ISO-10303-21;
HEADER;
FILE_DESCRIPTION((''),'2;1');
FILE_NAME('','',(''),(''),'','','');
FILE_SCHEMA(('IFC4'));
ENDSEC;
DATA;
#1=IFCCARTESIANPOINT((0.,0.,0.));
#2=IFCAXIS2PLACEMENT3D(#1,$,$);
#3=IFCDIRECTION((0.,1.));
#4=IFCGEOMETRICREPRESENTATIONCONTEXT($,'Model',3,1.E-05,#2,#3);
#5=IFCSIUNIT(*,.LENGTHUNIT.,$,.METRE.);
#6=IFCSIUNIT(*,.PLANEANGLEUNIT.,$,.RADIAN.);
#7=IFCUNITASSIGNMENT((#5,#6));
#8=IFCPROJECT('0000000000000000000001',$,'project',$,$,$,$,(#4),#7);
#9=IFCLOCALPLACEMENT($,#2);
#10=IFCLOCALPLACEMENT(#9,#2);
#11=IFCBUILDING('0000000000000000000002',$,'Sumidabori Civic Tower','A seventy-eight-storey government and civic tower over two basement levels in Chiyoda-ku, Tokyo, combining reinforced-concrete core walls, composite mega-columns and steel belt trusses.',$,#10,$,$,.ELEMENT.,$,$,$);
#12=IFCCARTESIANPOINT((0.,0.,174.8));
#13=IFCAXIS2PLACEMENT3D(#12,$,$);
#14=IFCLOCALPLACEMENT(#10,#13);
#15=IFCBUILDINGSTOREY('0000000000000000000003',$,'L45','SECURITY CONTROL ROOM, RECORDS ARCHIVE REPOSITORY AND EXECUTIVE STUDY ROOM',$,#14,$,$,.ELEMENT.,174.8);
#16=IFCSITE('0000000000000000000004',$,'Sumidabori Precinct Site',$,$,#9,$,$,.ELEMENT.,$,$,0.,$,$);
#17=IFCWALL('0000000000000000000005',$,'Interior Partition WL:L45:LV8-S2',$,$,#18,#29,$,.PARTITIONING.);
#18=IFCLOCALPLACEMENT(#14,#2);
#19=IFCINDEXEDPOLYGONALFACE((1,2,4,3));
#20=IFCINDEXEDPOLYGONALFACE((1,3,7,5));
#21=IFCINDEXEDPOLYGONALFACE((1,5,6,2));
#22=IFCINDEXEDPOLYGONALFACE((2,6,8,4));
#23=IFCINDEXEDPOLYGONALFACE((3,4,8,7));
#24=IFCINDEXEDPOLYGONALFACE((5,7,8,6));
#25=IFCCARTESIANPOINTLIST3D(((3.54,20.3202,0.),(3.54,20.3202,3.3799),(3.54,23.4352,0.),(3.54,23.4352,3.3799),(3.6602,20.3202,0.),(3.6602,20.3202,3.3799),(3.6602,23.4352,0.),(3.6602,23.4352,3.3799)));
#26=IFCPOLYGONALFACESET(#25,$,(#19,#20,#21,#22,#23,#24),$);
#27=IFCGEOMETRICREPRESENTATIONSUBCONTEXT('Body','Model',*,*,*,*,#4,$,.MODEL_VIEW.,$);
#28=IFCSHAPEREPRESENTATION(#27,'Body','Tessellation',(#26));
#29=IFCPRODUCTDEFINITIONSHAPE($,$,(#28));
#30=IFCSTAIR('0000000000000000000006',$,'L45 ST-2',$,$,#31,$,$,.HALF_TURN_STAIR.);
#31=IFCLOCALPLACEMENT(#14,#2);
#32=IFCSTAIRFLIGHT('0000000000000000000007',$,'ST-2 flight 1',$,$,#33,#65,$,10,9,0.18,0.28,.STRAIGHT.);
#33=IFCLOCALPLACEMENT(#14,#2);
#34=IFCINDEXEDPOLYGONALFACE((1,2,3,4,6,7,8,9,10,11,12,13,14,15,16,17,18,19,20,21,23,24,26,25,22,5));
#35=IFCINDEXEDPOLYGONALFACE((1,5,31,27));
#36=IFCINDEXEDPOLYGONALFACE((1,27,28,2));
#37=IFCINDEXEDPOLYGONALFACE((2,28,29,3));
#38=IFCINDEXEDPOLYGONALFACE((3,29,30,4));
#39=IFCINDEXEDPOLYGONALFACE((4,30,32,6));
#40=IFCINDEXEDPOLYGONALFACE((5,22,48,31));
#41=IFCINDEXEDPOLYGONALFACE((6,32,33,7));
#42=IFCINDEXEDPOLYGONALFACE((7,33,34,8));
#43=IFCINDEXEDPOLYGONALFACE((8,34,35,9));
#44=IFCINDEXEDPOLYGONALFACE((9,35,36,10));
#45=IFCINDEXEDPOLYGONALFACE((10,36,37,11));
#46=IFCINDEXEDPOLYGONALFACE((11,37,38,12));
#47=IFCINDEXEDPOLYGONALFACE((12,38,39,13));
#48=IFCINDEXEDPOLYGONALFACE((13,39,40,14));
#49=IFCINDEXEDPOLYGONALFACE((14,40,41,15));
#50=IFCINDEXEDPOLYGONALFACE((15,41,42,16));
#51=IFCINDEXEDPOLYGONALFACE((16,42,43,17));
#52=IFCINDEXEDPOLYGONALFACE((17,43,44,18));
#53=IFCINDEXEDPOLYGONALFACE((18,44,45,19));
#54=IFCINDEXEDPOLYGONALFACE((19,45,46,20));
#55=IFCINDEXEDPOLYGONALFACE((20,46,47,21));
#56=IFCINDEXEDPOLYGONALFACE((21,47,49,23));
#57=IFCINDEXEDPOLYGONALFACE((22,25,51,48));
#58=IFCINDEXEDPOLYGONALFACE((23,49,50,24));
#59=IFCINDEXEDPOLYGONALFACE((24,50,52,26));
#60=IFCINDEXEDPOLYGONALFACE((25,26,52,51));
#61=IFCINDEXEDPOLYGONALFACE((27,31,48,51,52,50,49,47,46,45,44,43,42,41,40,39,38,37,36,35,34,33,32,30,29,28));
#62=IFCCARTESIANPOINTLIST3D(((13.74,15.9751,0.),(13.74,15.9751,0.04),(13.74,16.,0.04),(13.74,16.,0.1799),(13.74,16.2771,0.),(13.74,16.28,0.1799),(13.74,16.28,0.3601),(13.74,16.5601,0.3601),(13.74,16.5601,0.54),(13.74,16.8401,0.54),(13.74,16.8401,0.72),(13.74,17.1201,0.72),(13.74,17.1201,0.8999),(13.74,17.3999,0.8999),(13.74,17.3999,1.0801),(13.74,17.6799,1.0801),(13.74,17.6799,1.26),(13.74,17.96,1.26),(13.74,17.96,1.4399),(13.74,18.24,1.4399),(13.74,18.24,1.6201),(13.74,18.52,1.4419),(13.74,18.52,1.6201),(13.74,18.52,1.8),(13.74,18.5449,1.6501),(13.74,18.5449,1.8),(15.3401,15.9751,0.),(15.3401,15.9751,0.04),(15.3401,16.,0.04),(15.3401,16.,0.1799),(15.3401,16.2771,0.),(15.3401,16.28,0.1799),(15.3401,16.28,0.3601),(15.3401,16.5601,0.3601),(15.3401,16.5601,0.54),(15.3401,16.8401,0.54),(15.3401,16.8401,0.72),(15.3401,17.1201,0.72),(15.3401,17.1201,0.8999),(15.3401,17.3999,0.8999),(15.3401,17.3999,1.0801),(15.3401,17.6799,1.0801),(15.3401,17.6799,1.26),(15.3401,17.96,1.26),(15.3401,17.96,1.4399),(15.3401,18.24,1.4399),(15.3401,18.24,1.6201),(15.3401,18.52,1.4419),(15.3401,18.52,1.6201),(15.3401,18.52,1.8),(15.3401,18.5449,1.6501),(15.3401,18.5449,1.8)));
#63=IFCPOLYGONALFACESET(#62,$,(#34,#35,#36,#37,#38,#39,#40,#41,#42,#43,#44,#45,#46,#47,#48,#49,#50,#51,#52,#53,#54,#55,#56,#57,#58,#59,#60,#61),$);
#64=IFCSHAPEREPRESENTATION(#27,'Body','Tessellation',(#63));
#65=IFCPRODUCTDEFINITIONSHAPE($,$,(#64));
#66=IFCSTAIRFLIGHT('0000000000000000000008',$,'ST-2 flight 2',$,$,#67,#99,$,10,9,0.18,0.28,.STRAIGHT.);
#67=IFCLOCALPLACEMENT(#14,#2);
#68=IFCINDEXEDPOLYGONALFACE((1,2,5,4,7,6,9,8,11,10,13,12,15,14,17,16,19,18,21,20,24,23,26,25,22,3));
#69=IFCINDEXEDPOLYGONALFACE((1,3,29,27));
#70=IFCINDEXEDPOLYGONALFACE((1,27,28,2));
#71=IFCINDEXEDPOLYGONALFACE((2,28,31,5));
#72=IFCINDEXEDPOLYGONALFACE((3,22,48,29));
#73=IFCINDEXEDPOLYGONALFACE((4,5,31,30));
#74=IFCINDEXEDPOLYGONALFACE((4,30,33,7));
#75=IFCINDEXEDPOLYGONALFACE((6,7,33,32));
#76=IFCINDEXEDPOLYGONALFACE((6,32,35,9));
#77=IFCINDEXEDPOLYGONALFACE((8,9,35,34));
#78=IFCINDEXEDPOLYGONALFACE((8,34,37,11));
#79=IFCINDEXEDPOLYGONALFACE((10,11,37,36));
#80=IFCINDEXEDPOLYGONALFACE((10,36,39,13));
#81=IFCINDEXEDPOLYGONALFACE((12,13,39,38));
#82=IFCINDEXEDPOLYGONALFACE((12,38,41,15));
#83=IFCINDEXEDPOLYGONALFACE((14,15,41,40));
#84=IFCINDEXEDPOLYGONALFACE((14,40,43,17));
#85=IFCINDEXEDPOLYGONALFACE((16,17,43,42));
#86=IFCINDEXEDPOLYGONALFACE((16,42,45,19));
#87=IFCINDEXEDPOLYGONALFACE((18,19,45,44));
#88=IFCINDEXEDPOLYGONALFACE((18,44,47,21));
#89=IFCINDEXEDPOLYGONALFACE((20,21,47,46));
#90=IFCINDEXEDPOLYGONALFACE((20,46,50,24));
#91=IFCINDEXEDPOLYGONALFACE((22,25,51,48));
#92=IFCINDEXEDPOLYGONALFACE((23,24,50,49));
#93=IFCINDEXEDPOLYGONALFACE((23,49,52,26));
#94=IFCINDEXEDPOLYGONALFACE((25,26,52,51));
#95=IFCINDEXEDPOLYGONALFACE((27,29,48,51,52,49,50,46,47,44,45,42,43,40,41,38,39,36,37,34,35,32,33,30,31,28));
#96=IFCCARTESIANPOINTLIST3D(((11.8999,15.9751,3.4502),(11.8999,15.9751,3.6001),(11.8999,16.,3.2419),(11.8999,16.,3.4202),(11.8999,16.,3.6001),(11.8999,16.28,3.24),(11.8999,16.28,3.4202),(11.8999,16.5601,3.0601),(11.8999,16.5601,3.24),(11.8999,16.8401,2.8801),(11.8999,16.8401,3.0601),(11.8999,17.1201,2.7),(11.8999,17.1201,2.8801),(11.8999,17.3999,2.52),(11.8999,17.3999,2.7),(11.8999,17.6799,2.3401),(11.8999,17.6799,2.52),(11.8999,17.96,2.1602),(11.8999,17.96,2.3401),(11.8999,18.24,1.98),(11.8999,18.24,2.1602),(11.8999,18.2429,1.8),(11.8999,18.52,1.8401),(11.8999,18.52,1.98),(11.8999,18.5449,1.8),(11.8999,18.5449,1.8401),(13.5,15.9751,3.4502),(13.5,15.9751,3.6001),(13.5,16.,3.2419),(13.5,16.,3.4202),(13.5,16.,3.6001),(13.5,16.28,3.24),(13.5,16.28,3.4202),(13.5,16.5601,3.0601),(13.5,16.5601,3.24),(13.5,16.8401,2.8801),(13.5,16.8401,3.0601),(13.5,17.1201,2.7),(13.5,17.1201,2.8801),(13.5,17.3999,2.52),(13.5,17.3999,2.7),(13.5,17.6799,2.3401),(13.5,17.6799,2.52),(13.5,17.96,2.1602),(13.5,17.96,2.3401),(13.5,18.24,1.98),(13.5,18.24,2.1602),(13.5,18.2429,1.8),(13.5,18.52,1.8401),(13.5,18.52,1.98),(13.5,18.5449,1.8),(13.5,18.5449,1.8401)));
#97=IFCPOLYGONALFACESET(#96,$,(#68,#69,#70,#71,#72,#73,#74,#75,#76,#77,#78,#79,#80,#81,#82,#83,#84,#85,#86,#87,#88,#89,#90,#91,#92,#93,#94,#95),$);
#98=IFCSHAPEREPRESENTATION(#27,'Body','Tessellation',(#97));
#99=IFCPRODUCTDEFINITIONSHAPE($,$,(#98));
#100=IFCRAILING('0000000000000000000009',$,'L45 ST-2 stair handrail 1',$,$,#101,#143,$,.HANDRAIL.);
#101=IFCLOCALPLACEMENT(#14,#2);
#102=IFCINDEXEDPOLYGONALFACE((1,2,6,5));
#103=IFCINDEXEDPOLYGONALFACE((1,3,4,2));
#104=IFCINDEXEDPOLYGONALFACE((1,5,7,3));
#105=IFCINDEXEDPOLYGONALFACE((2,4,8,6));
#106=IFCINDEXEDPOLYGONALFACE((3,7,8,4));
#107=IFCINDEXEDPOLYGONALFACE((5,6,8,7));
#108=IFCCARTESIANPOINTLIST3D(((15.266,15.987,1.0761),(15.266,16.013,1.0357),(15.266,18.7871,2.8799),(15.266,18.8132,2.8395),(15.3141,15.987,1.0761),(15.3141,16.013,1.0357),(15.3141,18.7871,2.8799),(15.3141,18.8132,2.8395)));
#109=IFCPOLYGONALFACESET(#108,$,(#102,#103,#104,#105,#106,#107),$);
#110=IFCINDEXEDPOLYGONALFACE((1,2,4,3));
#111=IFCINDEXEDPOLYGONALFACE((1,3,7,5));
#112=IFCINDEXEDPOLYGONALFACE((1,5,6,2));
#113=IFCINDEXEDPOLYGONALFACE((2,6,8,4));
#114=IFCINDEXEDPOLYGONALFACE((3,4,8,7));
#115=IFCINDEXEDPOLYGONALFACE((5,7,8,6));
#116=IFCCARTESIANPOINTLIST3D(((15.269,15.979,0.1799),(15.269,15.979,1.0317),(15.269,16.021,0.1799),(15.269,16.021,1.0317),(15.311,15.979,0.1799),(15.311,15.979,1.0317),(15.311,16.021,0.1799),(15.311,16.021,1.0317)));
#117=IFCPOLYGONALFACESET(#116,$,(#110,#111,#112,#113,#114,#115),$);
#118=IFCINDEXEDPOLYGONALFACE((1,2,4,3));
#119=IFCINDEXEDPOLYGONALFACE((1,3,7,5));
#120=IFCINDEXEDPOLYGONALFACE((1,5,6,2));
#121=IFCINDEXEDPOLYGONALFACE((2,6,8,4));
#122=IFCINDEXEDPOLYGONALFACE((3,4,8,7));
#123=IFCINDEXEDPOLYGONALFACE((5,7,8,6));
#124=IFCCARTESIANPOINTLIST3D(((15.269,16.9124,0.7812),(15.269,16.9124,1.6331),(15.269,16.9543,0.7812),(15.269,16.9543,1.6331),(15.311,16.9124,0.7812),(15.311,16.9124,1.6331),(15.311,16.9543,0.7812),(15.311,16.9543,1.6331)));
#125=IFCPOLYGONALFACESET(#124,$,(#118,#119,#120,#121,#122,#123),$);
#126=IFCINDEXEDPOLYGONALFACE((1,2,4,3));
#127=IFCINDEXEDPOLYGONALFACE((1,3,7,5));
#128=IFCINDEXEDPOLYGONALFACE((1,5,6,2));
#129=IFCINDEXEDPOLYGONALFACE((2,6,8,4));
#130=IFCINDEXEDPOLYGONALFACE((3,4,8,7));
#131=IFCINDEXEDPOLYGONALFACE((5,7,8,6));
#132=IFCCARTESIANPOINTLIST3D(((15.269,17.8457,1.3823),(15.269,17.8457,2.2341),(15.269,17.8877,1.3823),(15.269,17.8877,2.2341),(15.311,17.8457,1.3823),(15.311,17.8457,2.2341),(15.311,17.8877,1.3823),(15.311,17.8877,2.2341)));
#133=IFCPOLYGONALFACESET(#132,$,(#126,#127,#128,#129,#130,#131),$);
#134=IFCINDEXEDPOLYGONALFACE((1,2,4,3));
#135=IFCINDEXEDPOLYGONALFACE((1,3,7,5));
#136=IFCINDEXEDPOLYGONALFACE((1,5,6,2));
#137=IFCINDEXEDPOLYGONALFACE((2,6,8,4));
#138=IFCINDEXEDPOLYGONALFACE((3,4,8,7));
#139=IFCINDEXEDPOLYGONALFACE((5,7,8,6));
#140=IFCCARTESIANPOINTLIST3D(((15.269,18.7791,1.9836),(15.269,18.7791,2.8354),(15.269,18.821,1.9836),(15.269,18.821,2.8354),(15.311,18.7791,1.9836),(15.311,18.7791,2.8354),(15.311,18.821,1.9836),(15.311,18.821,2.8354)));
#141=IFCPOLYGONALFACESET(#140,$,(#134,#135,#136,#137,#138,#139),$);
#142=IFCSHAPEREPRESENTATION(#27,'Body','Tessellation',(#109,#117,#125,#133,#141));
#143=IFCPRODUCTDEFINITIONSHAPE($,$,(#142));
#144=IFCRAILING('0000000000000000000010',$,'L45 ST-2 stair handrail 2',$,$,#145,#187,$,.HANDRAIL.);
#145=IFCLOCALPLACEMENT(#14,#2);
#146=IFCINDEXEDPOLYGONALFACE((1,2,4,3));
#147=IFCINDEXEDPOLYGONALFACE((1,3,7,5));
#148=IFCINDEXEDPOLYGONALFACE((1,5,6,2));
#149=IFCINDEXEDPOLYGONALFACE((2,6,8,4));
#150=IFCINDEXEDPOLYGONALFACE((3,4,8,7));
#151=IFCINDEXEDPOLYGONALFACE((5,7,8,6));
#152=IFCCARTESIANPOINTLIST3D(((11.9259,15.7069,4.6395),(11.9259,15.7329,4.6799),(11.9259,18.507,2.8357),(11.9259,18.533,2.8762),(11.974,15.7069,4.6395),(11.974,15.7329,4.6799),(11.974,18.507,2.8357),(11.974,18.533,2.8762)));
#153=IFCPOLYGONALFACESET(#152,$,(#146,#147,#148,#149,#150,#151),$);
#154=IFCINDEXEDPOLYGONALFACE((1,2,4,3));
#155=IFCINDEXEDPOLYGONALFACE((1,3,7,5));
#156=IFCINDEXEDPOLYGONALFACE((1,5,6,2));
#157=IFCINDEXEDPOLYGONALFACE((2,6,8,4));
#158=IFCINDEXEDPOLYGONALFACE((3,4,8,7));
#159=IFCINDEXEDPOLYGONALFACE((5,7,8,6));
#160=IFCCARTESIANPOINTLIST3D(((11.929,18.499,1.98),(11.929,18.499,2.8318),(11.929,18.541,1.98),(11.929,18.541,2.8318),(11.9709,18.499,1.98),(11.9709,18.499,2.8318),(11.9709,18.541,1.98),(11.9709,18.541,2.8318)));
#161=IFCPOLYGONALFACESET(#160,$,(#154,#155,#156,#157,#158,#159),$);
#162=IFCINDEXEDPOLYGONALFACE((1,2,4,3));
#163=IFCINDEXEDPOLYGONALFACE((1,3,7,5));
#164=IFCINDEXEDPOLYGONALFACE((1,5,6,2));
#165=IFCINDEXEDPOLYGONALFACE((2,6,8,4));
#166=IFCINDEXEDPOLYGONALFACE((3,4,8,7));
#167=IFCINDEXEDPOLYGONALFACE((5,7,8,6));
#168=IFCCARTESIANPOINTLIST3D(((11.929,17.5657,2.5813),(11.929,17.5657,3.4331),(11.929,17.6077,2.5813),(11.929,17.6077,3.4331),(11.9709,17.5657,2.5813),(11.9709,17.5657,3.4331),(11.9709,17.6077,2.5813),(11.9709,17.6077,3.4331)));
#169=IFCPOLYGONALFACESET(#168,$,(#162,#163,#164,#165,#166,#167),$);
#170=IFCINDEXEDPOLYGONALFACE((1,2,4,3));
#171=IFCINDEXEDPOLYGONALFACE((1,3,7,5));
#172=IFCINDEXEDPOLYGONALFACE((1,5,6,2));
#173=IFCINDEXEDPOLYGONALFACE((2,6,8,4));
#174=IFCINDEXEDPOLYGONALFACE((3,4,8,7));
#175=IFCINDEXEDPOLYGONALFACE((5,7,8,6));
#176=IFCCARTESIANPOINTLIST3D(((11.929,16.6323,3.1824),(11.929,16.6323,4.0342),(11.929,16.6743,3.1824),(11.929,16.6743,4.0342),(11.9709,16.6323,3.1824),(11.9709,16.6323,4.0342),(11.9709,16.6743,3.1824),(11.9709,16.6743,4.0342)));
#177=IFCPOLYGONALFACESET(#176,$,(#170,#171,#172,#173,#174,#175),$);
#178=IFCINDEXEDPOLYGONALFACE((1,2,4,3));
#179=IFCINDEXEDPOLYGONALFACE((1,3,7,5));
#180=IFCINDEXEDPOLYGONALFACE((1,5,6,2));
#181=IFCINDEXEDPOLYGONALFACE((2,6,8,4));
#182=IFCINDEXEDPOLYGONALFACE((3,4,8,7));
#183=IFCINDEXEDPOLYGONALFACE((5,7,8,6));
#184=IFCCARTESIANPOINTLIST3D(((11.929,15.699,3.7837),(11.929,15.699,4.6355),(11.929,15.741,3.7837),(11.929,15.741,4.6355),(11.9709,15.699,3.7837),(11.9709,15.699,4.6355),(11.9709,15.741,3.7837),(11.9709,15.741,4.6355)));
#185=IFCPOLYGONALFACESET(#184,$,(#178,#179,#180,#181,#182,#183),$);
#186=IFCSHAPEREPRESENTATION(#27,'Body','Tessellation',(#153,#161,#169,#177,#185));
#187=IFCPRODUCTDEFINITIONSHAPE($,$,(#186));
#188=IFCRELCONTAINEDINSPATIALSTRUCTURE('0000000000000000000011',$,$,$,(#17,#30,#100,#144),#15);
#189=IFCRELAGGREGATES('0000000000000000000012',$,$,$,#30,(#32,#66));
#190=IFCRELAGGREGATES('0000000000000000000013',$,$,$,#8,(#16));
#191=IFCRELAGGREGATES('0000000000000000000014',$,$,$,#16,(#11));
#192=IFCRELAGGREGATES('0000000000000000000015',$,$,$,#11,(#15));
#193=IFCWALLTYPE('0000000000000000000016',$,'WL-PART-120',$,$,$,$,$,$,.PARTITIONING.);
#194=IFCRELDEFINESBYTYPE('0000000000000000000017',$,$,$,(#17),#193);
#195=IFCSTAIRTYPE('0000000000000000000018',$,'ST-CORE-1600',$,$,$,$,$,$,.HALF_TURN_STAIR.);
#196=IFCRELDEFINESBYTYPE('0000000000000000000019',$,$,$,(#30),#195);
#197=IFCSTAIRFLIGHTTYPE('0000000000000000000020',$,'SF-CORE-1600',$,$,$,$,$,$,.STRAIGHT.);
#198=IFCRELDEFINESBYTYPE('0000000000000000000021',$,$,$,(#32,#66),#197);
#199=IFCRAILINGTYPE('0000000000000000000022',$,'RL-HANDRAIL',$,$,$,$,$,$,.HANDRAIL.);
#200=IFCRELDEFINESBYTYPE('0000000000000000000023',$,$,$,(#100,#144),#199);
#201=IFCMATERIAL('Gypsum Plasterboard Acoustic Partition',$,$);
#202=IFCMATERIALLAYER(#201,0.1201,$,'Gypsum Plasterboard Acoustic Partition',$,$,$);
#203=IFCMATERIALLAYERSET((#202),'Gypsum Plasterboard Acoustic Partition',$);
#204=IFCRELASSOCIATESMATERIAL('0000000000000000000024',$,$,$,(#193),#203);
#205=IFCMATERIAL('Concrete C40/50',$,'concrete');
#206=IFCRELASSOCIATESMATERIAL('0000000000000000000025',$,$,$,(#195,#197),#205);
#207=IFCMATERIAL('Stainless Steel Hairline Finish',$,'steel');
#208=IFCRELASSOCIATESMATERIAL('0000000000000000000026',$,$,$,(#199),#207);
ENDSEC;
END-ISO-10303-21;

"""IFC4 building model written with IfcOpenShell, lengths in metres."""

from ifc_helpers import new_model, si_unit, direction, frame, frame_2d, origin, origin_2d, place, context, subcontext, project, spatial, polyline, rectangle, outline, extrude, source, transform, mapped, material, layer, layer_set, type_object, element, aggregate, save


model = new_model("IFC4")

# Units and contexts
model_context = context("Model", 3, precision=1e-05, world=origin(), true_north=direction((0.0, 1.0)))
body_context = subcontext(model_context, "Body", "Model", "MODEL_VIEW")
ifc_project = project(units=[si_unit("LENGTHUNIT", "METRE"), si_unit("PLANEANGLEUNIT", "RADIAN")], contexts=[model_context])

# Site, building, storey
site_placement = place(None, origin())
site = spatial("IfcSite", under=ifc_project, at=site_placement, Name="Sumidabori Precinct Site", CompositionType="ELEMENT", RefElevation=0.0)
building_placement = place(site_placement, origin())
building = spatial("IfcBuilding", under=site, at=building_placement, Name="Sumidabori Civic Tower", Description="A seventy-eight-storey government and civic tower over two basement levels in Chiyoda-ku, Tokyo, combining reinforced-concrete core walls, composite mega-columns and steel belt trusses.", CompositionType="ELEMENT")
storey_placement = place(building_placement, frame((0.0, 0.0, 174.8)))
storey = spatial("IfcBuildingStorey", under=building, at=storey_placement, Name="L45", Description="SECURITY CONTROL ROOM, RECORDS ARCHIVE REPOSITORY AND EXECUTIVE STUDY ROOM", CompositionType="ELEMENT", Elevation=174.8)

# Wall
ifc_material_1 = material(Name="Gypsum Plasterboard Acoustic Partition")
ifc_layer_1 = layer(ifc_material_1, 0.1201, Name="Gypsum Plasterboard Acoustic Partition")
ifc_layer_set_1 = layer_set([ifc_layer_1], Name="Gypsum Plasterboard Acoustic Partition")
wall_type_1 = type_object("IfcWallType", Name="WL-PART-120", PredefinedType="PARTITIONING", material=ifc_layer_set_1)
shared_shape_1 = source(origin(), body_context, "Body", "SweptSolid", [
    extrude(rectangle(XDim=3.115, YDim=0.1201, at=frame_2d((1.5576, 0.0))), origin(), (0.0, 0.0, 1.0), 3.3799),
])
for number, where, z_axis, x_axis, name in (
    (1, (3.6001, 20.3201, 0.0), (0.0, 0.0, 1.0), (0.0, 1.0, 0.0), "Interior Partition WL:L45:LV8-S2"),
):
    element("IfcWall", number, at=place(storey_placement, frame(where, z_axis=z_axis, x_axis=x_axis)), inside=storey, type_object=wall_type_1, Name=name, PredefinedType="PARTITIONING", context=body_context, shape_type="MappedRepresentation", body=[
        mapped(shared_shape_1, transform((0.0, 0.0, 0.0), x_axis=(1.0, 0.0, 0.0), y_axis=(0.0, 1.0, 0.0), z_axis=(0.0, 0.0, 1.0), scale=1.0)),
    ])

# Stair, stair flights
ifc_material_2 = material(Name="Concrete C40/50", Category="concrete")
stair_type = type_object("IfcStairType", Name="ST-CORE-1600", PredefinedType="HALF_TURN_STAIR", material=ifc_material_2)
stair_placement = place(storey_placement, origin())
stair = element("IfcStair", 2, at=stair_placement, inside=storey, type_object=stair_type, Name="L45 ST-2", PredefinedType="HALF_TURN_STAIR")
stair_flight_type = type_object("IfcStairFlightType", Name="SF-CORE-1600", PredefinedType="STRAIGHT", material=ifc_material_2)
shared_shape_2 = source(origin(), body_context, "Body", "SweptSolid", [
    extrude(outline(polyline([(-0.0249, 0.0), (-0.0249, 0.04), (0.0, 0.04), (0.0, 0.1799), (0.28, 0.1799), (0.28, 0.3601), (0.5601, 0.3601), (0.5601, 0.54), (0.8401, 0.54), (0.8401, 0.72), (1.1201, 0.72), (1.1201, 0.8999), (1.3999, 0.8999), (1.3999, 1.0801), (1.6799, 1.0801), (1.6799, 1.26), (1.96, 1.26), (1.96, 1.4399), (2.24, 1.4399), (2.24, 1.6201), (2.52, 1.6201), (2.52, 1.8), (2.5449, 1.8), (2.5449, 1.6501), (2.52, 1.4419), (0.2771, 0.0), (-0.0249, 0.0)])), frame((0.0, 0.8, 0.0), z_axis=(0.0, -1.0, 0.0), x_axis=(1.0, 0.0, 0.0)), (0.0, 0.0, 1.0), 1.6001),
])
stair_flight_1_placement = place(storey_placement, frame((14.54, 16.0, 0.0), z_axis=(0.0, 0.0, 1.0), x_axis=(0.0, 1.0, 0.0)))
stair_flight_1 = element("IfcStairFlight", 3, at=stair_flight_1_placement, type_object=stair_flight_type, Name="ST-2 flight 1", NumberOfRisers=10, NumberOfTreads=9, PredefinedType="STRAIGHT", RiserHeight=0.18, TreadLength=0.28, context=body_context, shape_type="MappedRepresentation", body=[
    mapped(shared_shape_2, transform((0.0, 0.0, 0.0), x_axis=(1.0, 0.0, 0.0), y_axis=(0.0, 1.0, 0.0), z_axis=(0.0, 0.0, 1.0), scale=1.0)),
])
stair_flight_2_placement = place(storey_placement, frame((12.7, 18.52, 1.8), z_axis=(0.0, 0.0, 1.0), x_axis=(0.0, -1.0, 0.0)))
stair_flight_2 = element("IfcStairFlight", 4, at=stair_flight_2_placement, type_object=stair_flight_type, Name="ST-2 flight 2", NumberOfRisers=10, NumberOfTreads=9, PredefinedType="STRAIGHT", RiserHeight=0.18, TreadLength=0.28, context=body_context, shape_type="MappedRepresentation", body=[
    mapped(shared_shape_2, transform((0.0, 0.0, 0.0), x_axis=(1.0, 0.0, 0.0), y_axis=(0.0, 1.0, 0.0), z_axis=(0.0, 0.0, 1.0), scale=1.0)),
])
aggregate(stair, [stair_flight_1, stair_flight_2])

# Railings
ifc_material_3 = material(Name="Stainless Steel Hairline Finish", Category="steel")
railing_type_1 = type_object("IfcRailingType", Name="RL-HANDRAIL", PredefinedType="HANDRAIL", material=ifc_material_3)
railing_1_placement = place(storey_placement, frame((15.29, 16.0, 0.1799)))
element("IfcRailing", 5, at=railing_1_placement, inside=storey, type_object=railing_type_1, Name="L45 ST-2 stair handrail 1", PredefinedType="HANDRAIL", context=body_context, shape_type="SweptSolid", body=[
    extrude(rectangle(XDim=0.0481, YDim=0.0481, at=origin_2d()), frame((0.0, 0.0, 0.876), z_axis=(0.0, 0.840676, 0.541539), x_axis=(-1.0, 0.0, 0.0)), (0.0, 0.0, 1.0), 3.3308),
    extrude(rectangle(XDim=0.042, YDim=0.042, at=origin_2d()), origin(), (0.0, 0.0, 1.0), 0.8518),
    extrude(rectangle(XDim=0.042, YDim=0.042, at=origin_2d()), frame((0.0, 0.9333, 0.6013)), (0.0, 0.0, 1.0), 0.8518),
    extrude(rectangle(XDim=0.042, YDim=0.042, at=origin_2d()), frame((0.0, 1.8667, 1.2024)), (0.0, 0.0, 1.0), 0.8518),
    extrude(rectangle(XDim=0.042, YDim=0.042, at=origin_2d()), frame((0.0, 2.8, 1.8037)), (0.0, 0.0, 1.0), 0.8518),
])
railing_2_placement = place(storey_placement, frame((11.95, 18.52, 1.98)))
element("IfcRailing", 6, at=railing_2_placement, inside=storey, type_object=railing_type_1, Name="L45 ST-2 stair handrail 2", PredefinedType="HANDRAIL", context=body_context, shape_type="SweptSolid", body=[
    extrude(rectangle(XDim=0.0481, YDim=0.0481, at=origin_2d()), frame((0.0, 0.0, 0.876), z_axis=(0.0, -0.840676, 0.541539), x_axis=(1.0, 0.0, 0.0)), (0.0, 0.0, 1.0), 3.3308),
    extrude(rectangle(XDim=0.042, YDim=0.042, at=origin_2d()), origin(), (0.0, 0.0, 1.0), 0.8518),
    extrude(rectangle(XDim=0.042, YDim=0.042, at=origin_2d()), frame((0.0, -0.9333, 0.6013)), (0.0, 0.0, 1.0), 0.8518),
    extrude(rectangle(XDim=0.042, YDim=0.042, at=origin_2d()), frame((0.0, -1.8667, 1.2024)), (0.0, 0.0, 1.0), 0.8518),
    extrude(rectangle(XDim=0.042, YDim=0.042, at=origin_2d()), frame((0.0, -2.8, 1.8037)), (0.0, 0.0, 1.0), 0.8518),
])

save(model, "model.ifc")
